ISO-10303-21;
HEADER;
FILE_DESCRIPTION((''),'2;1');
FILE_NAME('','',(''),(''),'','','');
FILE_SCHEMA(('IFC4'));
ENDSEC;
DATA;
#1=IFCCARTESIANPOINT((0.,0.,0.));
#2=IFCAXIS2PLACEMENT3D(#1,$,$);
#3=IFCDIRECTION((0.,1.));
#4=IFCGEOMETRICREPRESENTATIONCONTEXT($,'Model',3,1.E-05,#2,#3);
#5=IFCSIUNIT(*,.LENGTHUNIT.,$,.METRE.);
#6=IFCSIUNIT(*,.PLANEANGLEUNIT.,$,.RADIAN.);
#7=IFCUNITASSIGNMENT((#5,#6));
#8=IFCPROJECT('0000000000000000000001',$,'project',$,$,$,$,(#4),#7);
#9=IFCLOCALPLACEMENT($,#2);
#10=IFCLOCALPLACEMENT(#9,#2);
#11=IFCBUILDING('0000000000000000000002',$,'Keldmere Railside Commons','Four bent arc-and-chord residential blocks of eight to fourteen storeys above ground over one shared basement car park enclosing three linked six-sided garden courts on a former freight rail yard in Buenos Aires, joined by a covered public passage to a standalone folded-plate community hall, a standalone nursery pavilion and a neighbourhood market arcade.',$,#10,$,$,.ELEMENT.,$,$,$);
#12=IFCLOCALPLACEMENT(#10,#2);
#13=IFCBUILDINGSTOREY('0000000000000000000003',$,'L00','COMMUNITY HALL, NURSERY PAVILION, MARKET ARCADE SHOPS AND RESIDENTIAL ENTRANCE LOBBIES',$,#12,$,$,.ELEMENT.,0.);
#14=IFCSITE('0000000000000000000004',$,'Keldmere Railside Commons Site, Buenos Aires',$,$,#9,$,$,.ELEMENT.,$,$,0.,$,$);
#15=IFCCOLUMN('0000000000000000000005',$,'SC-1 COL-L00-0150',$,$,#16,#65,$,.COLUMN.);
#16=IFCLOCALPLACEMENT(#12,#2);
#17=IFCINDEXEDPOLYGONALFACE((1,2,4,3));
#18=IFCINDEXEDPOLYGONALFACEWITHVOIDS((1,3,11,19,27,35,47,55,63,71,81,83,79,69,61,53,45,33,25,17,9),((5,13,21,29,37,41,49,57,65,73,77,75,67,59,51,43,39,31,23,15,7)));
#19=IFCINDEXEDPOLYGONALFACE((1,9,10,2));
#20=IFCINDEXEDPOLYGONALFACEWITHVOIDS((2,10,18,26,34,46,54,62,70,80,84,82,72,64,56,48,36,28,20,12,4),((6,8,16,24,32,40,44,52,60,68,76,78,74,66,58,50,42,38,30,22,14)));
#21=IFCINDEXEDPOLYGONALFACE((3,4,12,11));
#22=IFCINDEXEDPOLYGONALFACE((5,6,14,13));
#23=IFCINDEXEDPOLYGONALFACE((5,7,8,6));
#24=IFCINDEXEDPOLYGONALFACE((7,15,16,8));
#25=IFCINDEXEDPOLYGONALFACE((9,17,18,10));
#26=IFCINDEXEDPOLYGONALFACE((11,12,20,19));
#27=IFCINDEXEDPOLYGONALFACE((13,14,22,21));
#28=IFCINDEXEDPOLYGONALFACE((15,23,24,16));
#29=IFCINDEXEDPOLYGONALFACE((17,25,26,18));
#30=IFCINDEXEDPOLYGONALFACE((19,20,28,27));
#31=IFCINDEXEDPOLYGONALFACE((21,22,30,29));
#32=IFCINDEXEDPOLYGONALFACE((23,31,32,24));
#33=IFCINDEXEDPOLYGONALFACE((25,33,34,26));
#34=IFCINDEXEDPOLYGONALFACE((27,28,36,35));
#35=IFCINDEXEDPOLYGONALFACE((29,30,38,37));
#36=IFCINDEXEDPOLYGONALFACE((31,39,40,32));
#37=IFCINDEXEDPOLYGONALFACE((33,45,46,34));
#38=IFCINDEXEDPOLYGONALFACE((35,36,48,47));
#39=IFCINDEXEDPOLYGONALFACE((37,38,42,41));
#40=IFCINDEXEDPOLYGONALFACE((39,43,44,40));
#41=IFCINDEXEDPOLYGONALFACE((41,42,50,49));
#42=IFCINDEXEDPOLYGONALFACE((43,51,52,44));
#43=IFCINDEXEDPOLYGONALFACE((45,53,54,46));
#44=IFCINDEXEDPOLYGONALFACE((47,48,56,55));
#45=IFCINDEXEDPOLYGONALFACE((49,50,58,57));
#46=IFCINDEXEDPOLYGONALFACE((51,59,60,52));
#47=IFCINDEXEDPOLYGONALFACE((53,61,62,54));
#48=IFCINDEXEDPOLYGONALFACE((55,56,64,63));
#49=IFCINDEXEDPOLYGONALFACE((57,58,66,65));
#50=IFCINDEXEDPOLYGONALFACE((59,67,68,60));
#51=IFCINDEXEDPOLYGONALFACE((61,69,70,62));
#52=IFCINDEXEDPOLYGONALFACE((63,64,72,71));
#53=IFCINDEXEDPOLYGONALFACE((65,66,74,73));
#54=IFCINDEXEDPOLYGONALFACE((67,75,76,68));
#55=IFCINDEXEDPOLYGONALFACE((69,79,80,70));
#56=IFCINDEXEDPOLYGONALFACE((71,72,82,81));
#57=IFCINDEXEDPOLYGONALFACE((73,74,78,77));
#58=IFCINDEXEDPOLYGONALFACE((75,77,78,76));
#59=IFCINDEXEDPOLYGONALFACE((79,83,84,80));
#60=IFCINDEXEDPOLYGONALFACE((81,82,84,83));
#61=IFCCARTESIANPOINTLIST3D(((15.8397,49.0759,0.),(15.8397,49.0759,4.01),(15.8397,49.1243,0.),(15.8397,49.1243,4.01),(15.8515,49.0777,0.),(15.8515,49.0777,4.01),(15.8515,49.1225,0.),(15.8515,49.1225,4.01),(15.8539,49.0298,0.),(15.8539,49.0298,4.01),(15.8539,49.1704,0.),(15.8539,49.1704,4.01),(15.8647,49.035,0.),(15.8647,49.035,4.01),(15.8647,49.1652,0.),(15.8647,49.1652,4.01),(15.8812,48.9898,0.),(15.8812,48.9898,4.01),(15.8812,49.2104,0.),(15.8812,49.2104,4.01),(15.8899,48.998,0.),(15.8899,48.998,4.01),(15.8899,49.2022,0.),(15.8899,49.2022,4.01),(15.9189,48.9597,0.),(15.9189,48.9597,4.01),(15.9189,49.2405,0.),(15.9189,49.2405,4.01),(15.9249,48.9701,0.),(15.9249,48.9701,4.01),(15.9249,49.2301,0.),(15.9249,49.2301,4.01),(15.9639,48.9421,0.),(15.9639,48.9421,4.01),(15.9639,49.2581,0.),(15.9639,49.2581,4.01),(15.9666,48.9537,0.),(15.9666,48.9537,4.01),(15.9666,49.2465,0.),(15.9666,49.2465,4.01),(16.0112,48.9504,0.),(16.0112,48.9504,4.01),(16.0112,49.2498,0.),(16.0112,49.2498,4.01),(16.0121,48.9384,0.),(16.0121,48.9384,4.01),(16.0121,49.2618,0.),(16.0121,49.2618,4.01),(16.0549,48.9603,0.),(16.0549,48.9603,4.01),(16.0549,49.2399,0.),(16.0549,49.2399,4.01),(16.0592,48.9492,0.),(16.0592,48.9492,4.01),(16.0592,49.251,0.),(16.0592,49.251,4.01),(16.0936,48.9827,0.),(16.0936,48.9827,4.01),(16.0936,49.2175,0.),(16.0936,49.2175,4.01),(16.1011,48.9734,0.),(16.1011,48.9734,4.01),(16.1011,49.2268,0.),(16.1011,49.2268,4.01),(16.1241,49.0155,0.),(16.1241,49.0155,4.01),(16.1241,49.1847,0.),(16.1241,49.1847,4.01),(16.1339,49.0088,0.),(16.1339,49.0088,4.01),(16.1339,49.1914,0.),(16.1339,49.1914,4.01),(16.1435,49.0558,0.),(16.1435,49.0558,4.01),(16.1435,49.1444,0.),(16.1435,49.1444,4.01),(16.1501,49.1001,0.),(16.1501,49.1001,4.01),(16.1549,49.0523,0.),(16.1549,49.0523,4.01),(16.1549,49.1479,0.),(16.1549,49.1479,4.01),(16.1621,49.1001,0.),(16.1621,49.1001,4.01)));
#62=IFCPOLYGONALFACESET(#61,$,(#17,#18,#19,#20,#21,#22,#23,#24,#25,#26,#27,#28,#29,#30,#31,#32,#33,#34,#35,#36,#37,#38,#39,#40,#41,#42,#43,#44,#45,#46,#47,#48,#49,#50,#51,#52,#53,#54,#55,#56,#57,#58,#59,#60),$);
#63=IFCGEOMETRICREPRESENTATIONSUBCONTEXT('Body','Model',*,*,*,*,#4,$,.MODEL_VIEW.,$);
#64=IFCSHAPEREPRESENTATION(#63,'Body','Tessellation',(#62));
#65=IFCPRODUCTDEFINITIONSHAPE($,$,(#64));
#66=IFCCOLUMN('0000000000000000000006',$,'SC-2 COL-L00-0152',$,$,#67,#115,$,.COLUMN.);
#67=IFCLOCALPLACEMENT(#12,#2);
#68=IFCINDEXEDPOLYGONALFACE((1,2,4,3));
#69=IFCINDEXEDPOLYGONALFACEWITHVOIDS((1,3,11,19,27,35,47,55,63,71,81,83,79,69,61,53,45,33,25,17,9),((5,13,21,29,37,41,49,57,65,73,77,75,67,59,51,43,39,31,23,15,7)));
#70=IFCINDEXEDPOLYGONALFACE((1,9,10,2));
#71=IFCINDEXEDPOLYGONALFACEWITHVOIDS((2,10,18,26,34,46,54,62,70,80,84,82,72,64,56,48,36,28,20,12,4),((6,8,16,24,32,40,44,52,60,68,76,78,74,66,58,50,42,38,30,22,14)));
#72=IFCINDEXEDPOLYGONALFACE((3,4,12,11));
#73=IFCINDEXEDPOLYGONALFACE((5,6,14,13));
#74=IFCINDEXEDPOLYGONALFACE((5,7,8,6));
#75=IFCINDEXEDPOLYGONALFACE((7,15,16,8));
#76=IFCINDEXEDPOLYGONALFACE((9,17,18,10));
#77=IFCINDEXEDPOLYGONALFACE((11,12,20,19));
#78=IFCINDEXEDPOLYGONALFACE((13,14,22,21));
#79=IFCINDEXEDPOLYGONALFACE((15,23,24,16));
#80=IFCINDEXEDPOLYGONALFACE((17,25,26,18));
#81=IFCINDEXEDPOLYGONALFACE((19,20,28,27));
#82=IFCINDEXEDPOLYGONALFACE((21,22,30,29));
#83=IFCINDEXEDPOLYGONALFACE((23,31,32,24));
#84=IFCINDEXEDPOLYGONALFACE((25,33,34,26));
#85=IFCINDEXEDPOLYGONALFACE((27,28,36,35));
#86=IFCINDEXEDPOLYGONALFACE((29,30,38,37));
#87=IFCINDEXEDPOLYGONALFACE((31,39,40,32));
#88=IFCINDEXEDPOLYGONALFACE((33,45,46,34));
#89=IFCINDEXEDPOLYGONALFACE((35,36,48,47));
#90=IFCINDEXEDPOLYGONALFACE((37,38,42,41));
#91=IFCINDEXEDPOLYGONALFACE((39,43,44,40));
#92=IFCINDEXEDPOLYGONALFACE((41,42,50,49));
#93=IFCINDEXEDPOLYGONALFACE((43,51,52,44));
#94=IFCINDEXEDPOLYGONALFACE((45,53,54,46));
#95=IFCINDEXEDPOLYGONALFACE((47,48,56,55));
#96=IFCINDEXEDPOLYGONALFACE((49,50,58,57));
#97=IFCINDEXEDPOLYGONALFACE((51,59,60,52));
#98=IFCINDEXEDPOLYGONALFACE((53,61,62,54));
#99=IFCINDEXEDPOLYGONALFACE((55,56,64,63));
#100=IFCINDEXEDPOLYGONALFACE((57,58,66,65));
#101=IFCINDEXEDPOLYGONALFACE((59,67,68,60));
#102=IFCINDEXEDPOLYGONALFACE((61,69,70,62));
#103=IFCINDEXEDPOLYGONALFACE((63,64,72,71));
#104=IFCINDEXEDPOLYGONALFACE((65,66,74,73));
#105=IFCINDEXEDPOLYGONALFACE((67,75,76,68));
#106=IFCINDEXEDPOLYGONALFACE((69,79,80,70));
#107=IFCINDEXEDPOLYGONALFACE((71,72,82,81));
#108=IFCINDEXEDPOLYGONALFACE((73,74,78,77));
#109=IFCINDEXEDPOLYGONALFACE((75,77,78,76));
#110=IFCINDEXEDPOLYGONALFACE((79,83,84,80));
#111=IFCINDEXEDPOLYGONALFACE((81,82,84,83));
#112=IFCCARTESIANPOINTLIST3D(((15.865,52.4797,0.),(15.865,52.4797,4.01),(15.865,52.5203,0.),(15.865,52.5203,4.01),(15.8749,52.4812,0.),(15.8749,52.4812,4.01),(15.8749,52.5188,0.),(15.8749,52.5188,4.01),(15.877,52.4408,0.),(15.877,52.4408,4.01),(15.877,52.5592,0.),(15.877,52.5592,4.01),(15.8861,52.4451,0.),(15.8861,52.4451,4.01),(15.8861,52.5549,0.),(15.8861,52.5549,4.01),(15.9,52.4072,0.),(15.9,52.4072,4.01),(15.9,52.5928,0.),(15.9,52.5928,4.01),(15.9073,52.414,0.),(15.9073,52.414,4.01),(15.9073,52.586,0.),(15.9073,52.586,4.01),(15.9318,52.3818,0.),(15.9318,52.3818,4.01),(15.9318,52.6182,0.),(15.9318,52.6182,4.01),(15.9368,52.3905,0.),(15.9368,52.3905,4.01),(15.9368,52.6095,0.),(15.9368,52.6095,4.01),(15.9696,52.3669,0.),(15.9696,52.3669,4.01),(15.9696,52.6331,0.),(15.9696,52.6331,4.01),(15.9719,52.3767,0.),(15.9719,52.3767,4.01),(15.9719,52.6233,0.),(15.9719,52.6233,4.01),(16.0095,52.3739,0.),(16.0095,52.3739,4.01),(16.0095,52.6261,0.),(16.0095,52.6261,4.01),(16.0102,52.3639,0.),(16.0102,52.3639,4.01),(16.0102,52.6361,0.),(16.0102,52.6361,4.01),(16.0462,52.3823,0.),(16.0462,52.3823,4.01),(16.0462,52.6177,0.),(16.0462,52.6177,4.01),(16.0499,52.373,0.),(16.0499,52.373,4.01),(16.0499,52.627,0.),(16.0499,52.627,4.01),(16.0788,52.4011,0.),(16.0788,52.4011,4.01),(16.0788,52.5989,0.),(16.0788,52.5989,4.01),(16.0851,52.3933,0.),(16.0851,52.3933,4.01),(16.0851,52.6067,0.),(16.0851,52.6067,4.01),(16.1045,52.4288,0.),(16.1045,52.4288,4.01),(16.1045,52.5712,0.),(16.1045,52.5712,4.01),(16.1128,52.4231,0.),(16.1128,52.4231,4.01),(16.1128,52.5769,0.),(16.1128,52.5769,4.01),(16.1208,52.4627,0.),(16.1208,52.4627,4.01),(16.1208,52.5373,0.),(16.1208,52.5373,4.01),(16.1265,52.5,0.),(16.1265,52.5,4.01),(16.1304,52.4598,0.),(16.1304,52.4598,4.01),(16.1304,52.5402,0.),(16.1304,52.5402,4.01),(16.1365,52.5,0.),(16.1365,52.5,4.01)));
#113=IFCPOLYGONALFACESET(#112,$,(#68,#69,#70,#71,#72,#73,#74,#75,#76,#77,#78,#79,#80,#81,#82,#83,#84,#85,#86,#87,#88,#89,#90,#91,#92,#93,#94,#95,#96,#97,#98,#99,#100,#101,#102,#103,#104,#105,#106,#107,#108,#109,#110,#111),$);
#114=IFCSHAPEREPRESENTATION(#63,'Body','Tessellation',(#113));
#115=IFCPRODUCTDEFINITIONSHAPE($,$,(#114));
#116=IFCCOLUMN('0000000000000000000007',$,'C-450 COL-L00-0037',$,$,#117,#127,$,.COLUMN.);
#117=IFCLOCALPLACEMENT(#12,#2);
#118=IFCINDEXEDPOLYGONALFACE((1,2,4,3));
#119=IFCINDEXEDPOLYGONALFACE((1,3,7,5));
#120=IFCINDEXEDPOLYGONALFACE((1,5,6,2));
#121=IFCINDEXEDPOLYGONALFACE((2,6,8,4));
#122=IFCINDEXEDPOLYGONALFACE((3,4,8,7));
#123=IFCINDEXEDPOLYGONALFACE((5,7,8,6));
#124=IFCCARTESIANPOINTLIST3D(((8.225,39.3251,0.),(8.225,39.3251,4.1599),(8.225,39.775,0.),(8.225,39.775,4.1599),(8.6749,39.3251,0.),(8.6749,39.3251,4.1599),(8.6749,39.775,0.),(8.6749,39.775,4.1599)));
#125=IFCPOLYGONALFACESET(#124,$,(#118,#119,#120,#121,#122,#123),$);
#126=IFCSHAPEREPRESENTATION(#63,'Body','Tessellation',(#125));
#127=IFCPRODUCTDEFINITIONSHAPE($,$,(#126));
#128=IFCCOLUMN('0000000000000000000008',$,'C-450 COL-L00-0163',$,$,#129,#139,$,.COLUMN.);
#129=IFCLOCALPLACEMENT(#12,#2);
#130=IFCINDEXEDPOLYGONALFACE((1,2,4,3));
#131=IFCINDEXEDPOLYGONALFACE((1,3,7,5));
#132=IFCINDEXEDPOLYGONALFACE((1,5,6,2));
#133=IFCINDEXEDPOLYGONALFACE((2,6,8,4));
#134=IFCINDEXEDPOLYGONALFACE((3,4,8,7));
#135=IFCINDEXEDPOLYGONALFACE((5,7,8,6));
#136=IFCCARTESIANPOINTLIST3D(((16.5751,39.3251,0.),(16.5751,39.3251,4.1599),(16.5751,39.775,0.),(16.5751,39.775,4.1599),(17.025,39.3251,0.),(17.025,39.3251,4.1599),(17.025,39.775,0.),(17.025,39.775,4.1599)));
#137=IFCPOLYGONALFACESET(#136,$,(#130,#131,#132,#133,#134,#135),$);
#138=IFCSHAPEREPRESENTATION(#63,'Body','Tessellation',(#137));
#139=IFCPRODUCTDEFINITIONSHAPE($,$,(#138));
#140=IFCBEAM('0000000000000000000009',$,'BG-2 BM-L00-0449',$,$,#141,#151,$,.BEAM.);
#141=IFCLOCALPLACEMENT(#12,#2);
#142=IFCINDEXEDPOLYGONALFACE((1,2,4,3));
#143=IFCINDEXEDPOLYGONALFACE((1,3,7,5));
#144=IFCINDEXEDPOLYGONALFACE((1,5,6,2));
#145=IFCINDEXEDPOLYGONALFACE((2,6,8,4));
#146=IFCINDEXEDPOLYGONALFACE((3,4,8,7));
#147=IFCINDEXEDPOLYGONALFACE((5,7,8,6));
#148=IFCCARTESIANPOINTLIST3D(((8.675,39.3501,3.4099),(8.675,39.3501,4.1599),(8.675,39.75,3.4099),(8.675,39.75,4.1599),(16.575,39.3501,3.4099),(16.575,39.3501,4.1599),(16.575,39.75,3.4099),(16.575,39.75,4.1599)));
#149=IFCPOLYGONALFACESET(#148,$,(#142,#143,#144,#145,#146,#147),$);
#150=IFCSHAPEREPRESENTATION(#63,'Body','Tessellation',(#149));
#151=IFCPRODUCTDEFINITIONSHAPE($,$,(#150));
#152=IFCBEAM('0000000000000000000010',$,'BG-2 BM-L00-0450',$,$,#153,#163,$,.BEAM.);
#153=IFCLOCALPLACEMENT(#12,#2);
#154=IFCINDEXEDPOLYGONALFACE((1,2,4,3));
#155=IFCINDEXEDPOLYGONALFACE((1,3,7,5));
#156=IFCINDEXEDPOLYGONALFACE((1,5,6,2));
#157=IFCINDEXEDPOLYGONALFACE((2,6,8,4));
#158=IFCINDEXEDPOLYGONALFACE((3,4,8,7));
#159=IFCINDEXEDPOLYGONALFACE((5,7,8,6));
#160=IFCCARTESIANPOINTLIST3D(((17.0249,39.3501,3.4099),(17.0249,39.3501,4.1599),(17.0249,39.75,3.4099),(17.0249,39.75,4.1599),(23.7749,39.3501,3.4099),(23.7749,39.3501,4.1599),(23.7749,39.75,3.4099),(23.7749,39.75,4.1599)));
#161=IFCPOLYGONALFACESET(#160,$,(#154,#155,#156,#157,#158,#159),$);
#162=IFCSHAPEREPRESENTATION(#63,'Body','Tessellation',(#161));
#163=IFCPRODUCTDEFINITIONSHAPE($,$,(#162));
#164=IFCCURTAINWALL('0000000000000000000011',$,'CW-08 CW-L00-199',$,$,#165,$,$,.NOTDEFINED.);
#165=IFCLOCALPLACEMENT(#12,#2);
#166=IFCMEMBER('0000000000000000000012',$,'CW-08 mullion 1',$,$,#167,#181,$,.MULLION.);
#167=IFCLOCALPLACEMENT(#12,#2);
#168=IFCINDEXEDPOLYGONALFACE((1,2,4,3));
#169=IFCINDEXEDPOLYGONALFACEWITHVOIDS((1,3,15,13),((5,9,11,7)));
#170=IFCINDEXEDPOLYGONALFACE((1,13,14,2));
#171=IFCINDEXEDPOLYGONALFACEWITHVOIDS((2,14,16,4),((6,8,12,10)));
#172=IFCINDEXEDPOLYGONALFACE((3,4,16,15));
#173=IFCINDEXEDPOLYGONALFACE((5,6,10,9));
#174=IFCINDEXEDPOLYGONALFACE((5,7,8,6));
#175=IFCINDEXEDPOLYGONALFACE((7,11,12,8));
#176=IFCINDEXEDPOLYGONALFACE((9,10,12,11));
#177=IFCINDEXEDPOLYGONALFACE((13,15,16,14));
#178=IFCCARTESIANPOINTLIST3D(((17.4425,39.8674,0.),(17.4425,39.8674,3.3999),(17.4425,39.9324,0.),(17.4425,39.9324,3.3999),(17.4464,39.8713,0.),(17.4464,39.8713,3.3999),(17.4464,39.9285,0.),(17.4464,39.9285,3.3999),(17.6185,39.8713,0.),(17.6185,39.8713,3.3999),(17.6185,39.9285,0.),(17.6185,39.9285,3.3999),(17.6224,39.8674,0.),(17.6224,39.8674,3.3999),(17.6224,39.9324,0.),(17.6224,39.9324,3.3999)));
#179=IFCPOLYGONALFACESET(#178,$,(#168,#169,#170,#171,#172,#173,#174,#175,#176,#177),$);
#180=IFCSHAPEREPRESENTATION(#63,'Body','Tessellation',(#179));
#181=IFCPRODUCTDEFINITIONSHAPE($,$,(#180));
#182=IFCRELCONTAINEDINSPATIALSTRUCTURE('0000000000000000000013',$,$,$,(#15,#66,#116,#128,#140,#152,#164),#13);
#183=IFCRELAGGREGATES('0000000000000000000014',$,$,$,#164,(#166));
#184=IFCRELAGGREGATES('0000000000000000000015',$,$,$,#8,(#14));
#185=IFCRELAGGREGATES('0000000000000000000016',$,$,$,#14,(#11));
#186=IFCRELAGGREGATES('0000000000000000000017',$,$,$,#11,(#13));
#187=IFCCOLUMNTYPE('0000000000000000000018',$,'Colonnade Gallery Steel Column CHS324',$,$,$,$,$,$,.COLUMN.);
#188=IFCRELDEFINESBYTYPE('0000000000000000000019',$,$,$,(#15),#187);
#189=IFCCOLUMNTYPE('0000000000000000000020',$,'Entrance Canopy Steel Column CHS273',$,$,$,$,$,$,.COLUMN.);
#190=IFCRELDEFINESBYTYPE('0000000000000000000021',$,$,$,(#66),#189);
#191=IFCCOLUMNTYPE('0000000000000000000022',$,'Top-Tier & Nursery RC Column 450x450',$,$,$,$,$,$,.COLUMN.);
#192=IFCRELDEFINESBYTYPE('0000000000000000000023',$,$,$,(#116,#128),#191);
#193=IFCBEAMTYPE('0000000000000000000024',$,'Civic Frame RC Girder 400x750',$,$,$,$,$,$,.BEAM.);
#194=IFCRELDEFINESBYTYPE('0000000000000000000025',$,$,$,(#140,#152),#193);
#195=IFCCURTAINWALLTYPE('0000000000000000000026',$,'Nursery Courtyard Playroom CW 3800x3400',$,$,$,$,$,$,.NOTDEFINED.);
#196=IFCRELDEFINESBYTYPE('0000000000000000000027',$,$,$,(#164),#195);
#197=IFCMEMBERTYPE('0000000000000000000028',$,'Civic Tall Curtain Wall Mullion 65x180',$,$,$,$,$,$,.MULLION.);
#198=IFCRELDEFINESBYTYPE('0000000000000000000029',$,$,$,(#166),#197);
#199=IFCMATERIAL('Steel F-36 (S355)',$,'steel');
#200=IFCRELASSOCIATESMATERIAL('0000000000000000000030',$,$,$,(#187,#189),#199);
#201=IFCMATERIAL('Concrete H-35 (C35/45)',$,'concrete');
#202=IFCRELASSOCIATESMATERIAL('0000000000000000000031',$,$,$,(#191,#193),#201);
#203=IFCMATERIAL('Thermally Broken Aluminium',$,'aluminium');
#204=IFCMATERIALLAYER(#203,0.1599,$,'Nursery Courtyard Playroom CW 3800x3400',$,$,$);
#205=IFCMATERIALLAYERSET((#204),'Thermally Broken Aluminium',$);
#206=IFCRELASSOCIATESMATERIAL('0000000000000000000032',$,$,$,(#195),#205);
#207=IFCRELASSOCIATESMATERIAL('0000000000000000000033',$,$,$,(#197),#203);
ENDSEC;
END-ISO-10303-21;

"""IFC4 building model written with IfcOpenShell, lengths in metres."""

from ifc_helpers import new_model, si_unit, direction, frame, origin, origin_2d, place, context, subcontext, project, spatial, rectangle, hollow_rectangle, hollow_circle, extrude, material, layer, layer_set, material_profile, profile_set, type_object, element, aggregate, save


model = new_model("IFC4")

# Units and contexts
model_context = context("Model", 3, precision=1e-05, world=origin(), true_north=direction((0.0, 1.0)))
body_context = subcontext(model_context, "Body", "Model", "MODEL_VIEW")
ifc_project = project(units=[si_unit("LENGTHUNIT", "METRE"), si_unit("PLANEANGLEUNIT", "RADIAN")], contexts=[model_context])

# Site, building, storey
site_placement = place(None, origin())
site = spatial("IfcSite", under=ifc_project, at=site_placement, Name="Keldmere Railside Commons Site, Buenos Aires", CompositionType="ELEMENT", RefElevation=0.0)
building_placement = place(site_placement, origin())
building = spatial("IfcBuilding", under=site, at=building_placement, Name="Keldmere Railside Commons", Description="Four bent arc-and-chord residential blocks of eight to fourteen storeys above ground over one shared basement car park enclosing three linked six-sided garden courts on a former freight rail yard in Buenos Aires, joined by a covered public passage to a standalone folded-plate community hall, a standalone nursery pavilion and a neighbourhood market arcade.", CompositionType="ELEMENT")
storey_placement = place(building_placement, origin())
storey = spatial("IfcBuildingStorey", under=building, at=storey_placement, Name="L00", Description="COMMUNITY HALL, NURSERY PAVILION, MARKET ARCADE SHOPS AND RESIDENTIAL ENTRANCE LOBBIES", CompositionType="ELEMENT", Elevation=0.0)

# Columns
ifc_material_1 = material(Name="Steel F-36 (S355)", Category="steel")
ifc_material_profile_1 = material_profile(ifc_material_1, hollow_circle(Radius=0.1621, WallThickness=0.012, at=origin_2d()), Name="CHS-324x12")
ifc_profile_set_1 = profile_set([ifc_material_profile_1], Name="Steel F-36 (S355)")
column_type_1 = type_object("IfcColumnType", Name="Colonnade Gallery Steel Column CHS324", PredefinedType="COLUMN", material=ifc_profile_set_1)
column_1_placement = place(storey_placement, frame((16.0, 49.1001, 0.0), z_axis=(0.0, 0.0, 1.0), x_axis=(1.0, 0.0, 0.0)))
element("IfcColumn", 1, at=column_1_placement, inside=storey, type_object=column_type_1, Name="SC-1 COL-L00-0150", PredefinedType="COLUMN", context=body_context, shape_type="SweptSolid", body=[
    extrude(hollow_circle(Radius=0.1621, WallThickness=0.012, at=origin_2d()), origin(), (0.0, 0.0, 1.0), 4.01),
])
ifc_material_profile_2 = material_profile(ifc_material_1, hollow_circle(Radius=0.1365, WallThickness=0.01, at=origin_2d()), Name="CHS-273x10")
ifc_profile_set_2 = profile_set([ifc_material_profile_2], Name="Steel F-36 (S355)")
column_type_2 = type_object("IfcColumnType", Name="Entrance Canopy Steel Column CHS273", PredefinedType="COLUMN", material=ifc_profile_set_2)
column_2_placement = place(storey_placement, frame((16.0, 52.5, 0.0), z_axis=(0.0, 0.0, 1.0), x_axis=(1.0, 0.0, 0.0)))
element("IfcColumn", 2, at=column_2_placement, inside=storey, type_object=column_type_2, Name="SC-2 COL-L00-0152", PredefinedType="COLUMN", context=body_context, shape_type="SweptSolid", body=[
    extrude(hollow_circle(Radius=0.1365, WallThickness=0.01, at=origin_2d()), origin(), (0.0, 0.0, 1.0), 4.01),
])
ifc_material_2 = material(Name="Concrete H-35 (C35/45)", Category="concrete")
ifc_material_profile_3 = material_profile(ifc_material_2, rectangle(XDim=0.45, YDim=0.45, at=origin_2d()), Name="RC-450x450")
ifc_profile_set_3 = profile_set([ifc_material_profile_3], Name="Concrete H-35 (C35/45)")
column_type_3 = type_object("IfcColumnType", Name="Top-Tier & Nursery RC Column 450x450", PredefinedType="COLUMN", material=ifc_profile_set_3)
for number, where, z_axis, x_axis, name in (
    (3, (8.45, 39.55, 0.0), (0.0, 0.0, 1.0), (1.0, 0.0, 0.0), "C-450 COL-L00-0037"),
    (4, (16.8, 39.55, 0.0), (0.0, 0.0, 1.0), (1.0, 0.0, 0.0), "C-450 COL-L00-0163"),
):
    element("IfcColumn", number, at=place(storey_placement, frame(where, z_axis=z_axis, x_axis=x_axis)), inside=storey, type_object=column_type_3, Name=name, PredefinedType="COLUMN", context=body_context, shape_type="SweptSolid", body=[
        extrude(rectangle(XDim=0.45, YDim=0.45, at=origin_2d()), origin(), (0.0, 0.0, 1.0), 4.1599),
    ])

# Beams
ifc_material_profile_4 = material_profile(ifc_material_2, rectangle(XDim=0.3999, YDim=0.75, at=origin_2d()), Name="RC-400x750")
ifc_profile_set_4 = profile_set([ifc_material_profile_4], Name="Concrete H-35 (C35/45)")
beam_type_1 = type_object("IfcBeamType", Name="Civic Frame RC Girder 400x750", PredefinedType="BEAM", material=ifc_profile_set_4)
beam_1_placement = place(storey_placement, frame((8.675, 39.55, 3.7849), z_axis=(1.0, 0.0, 0.0), x_axis=(0.0, 1.0, 0.0)))
element("IfcBeam", 5, at=beam_1_placement, inside=storey, type_object=beam_type_1, Name="BG-2 BM-L00-0449", PredefinedType="BEAM", context=body_context, shape_type="SweptSolid", body=[
    extrude(rectangle(XDim=0.3999, YDim=0.75, at=origin_2d()), origin(), (0.0, 0.0, 1.0), 7.8999),
])
beam_2_placement = place(storey_placement, frame((17.0249, 39.55, 3.7849), z_axis=(1.0, 0.0, 0.0), x_axis=(0.0, 1.0, 0.0)))
element("IfcBeam", 6, at=beam_2_placement, inside=storey, type_object=beam_type_1, Name="BG-2 BM-L00-0450", PredefinedType="BEAM", context=body_context, shape_type="SweptSolid", body=[
    extrude(rectangle(XDim=0.3999, YDim=0.75, at=origin_2d()), origin(), (0.0, 0.0, 1.0), 6.75),
])

# Curtain wall, member
ifc_material_3 = material(Name="Thermally Broken Aluminium", Category="aluminium")
ifc_layer_1 = layer(ifc_material_3, 0.1599, Name="Nursery Courtyard Playroom CW 3800x3400")
ifc_layer_set_1 = layer_set([ifc_layer_1], Name="Thermally Broken Aluminium")
curtain_wall_type = type_object("IfcCurtainWallType", Name="Nursery Courtyard Playroom CW 3800x3400", PredefinedType="NOTDEFINED", material=ifc_layer_set_1)
curtain_wall_placement = place(storey_placement, origin())
curtain_wall = element("IfcCurtainWall", 7, at=curtain_wall_placement, inside=storey, type_object=curtain_wall_type, Name="CW-08 CW-L00-199", PredefinedType="NOTDEFINED")
ifc_material_profile_5 = material_profile(ifc_material_3, hollow_rectangle(XDim=0.0649, YDim=0.1799, WallThickness=0.0039, at=origin_2d()), Name="ALU-MULL-65x180")
ifc_profile_set_5 = profile_set([ifc_material_profile_5], Name="Thermally Broken Aluminium")
member_type_1 = type_object("IfcMemberType", Name="Civic Tall Curtain Wall Mullion 65x180", PredefinedType="MULLION", material=ifc_profile_set_5)
member_1_placement = place(storey_placement, frame((17.5325, 39.8999, 0.0), z_axis=(0.0, 0.0, 1.0), x_axis=(0.0, 1.0, 0.0)))
member_1 = element("IfcMember", 8, at=member_1_placement, type_object=member_type_1, Name="CW-08 mullion 1", PredefinedType="MULLION", context=body_context, shape_type="SweptSolid", body=[
    extrude(hollow_rectangle(XDim=0.0649, YDim=0.1799, WallThickness=0.0039, at=origin_2d()), origin(), (0.0, 0.0, 1.0), 3.3999),
])

aggregate(curtain_wall, [member_1])

save(model, "model.ifc")
